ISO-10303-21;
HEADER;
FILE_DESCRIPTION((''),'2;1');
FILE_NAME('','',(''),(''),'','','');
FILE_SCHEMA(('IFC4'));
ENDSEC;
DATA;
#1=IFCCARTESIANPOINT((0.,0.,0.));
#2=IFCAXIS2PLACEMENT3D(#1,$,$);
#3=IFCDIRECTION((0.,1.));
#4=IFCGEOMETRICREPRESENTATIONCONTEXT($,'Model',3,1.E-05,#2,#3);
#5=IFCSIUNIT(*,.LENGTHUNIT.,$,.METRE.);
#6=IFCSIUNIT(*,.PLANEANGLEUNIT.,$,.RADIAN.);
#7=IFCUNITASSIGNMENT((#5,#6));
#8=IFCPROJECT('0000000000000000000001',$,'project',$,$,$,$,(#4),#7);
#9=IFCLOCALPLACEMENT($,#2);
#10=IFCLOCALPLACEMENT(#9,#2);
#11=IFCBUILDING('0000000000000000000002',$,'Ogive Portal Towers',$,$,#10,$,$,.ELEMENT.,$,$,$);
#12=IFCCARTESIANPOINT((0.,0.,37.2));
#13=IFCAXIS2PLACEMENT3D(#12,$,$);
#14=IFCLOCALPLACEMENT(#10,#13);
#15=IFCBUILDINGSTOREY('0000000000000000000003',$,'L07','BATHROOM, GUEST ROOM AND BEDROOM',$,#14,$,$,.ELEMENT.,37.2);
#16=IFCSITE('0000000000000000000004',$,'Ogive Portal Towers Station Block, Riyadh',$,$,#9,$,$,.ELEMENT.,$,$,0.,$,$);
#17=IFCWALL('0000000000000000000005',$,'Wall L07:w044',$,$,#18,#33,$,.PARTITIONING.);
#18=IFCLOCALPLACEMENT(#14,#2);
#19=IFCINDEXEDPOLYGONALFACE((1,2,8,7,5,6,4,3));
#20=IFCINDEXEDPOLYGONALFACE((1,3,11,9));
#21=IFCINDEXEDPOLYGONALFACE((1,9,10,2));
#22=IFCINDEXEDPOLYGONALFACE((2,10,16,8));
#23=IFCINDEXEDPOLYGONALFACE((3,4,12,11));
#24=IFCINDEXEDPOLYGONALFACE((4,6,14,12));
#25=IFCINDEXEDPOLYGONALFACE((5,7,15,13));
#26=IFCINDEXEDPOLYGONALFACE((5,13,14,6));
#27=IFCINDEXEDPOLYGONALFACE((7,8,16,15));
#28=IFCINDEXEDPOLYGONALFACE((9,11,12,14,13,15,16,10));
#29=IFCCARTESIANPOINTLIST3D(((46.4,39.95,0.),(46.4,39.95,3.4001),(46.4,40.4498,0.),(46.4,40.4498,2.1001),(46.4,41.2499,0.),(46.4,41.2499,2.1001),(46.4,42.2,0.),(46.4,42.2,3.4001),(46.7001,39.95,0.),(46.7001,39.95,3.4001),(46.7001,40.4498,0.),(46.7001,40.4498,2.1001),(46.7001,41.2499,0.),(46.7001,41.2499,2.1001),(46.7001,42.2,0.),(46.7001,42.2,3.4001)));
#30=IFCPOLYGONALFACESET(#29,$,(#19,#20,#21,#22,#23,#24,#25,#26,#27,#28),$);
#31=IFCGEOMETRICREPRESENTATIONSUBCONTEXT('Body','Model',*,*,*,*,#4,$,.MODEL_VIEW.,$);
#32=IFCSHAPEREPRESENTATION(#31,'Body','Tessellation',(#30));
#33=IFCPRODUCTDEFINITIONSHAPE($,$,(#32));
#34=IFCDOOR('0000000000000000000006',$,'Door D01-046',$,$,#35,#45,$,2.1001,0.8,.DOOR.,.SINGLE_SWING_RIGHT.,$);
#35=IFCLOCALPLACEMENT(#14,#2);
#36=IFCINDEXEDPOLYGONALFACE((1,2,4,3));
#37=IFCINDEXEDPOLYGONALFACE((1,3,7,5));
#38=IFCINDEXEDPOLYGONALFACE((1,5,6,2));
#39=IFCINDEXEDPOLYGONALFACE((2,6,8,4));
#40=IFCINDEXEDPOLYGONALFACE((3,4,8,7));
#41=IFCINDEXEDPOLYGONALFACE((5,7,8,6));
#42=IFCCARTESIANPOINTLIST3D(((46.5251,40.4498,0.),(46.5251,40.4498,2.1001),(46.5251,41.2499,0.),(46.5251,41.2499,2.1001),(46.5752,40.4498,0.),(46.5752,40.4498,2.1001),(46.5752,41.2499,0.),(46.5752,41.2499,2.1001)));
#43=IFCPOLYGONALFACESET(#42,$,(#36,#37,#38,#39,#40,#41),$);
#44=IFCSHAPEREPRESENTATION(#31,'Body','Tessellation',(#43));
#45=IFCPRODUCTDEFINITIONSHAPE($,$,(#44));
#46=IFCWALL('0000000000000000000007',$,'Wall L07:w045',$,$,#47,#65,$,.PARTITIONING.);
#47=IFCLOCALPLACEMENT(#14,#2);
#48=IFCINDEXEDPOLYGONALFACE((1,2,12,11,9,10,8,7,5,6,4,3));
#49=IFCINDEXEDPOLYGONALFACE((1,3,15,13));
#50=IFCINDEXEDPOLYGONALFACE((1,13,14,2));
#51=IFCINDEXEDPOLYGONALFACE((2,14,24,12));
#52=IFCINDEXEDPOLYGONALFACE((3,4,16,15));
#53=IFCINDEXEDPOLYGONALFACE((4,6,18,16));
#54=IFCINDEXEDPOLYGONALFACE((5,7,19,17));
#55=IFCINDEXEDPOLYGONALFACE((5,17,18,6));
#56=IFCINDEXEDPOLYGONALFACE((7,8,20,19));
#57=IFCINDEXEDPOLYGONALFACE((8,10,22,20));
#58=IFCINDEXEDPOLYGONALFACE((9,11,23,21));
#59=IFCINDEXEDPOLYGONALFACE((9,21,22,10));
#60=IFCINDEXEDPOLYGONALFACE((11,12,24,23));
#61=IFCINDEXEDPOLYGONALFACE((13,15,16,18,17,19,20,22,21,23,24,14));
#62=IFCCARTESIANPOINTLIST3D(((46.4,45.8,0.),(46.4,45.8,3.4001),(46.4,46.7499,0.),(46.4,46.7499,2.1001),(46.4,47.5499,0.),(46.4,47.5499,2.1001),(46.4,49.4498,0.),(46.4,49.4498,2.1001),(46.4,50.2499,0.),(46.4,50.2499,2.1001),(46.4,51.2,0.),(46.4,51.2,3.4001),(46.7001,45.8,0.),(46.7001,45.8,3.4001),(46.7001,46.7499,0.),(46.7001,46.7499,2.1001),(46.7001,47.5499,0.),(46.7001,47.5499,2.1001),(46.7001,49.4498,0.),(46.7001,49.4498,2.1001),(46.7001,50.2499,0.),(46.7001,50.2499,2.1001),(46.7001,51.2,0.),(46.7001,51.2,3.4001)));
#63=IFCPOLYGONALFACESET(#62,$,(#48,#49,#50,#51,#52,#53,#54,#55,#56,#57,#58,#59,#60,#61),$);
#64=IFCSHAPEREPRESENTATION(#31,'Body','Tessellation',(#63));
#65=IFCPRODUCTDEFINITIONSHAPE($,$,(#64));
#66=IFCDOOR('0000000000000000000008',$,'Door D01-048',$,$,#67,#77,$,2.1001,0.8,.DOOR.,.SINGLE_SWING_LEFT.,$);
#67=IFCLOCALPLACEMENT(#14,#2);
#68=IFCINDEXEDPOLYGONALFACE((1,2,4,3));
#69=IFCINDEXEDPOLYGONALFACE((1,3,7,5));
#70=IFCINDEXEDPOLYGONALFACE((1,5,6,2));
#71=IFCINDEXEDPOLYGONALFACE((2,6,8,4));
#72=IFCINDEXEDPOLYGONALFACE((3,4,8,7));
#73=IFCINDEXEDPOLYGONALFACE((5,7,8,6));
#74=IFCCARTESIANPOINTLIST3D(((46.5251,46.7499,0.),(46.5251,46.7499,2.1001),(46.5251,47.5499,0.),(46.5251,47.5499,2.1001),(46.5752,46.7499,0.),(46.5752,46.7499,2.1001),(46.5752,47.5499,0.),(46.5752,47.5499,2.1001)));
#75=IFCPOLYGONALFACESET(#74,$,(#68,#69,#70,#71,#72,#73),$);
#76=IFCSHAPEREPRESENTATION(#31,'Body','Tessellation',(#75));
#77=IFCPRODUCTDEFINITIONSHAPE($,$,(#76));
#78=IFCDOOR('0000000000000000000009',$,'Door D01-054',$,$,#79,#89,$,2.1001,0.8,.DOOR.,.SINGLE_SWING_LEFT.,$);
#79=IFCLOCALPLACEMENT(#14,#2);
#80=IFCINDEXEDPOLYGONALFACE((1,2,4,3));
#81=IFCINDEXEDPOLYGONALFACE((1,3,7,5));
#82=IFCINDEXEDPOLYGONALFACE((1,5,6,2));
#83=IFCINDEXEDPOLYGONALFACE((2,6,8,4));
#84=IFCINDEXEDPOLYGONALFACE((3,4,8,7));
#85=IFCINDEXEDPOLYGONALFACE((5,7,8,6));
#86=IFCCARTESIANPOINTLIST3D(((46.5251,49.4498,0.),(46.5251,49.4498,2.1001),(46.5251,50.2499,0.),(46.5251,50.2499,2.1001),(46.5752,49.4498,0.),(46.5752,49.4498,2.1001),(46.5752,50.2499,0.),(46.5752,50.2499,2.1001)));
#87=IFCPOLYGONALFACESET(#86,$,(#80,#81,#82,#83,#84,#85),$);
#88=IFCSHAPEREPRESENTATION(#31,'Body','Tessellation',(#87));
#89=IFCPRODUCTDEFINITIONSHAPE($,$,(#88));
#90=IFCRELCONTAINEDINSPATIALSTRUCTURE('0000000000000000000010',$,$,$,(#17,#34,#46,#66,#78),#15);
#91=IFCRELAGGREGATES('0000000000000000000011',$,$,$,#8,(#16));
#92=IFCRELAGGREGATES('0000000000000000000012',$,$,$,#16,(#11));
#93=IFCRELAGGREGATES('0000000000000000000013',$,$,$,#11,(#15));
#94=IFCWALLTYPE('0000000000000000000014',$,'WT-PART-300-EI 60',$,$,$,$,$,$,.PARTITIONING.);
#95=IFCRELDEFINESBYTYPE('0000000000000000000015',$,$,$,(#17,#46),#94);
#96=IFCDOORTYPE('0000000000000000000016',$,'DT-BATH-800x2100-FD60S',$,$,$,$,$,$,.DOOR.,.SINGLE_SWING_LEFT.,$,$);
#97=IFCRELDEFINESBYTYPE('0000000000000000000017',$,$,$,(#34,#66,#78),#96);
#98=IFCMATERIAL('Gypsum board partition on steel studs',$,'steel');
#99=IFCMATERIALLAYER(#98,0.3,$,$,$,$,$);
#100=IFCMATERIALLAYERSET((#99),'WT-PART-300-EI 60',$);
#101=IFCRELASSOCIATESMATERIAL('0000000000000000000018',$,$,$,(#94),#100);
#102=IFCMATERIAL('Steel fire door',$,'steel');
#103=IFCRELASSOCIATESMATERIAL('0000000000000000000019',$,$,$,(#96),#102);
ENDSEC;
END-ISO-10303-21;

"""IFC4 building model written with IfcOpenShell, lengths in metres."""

from ifc_helpers import new_model, si_unit, direction, frame, frame_2d, origin, place, context, subcontext, project, spatial, rectangle, extrude, material, layer, layer_set, type_object, element, fill, save


model = new_model("IFC4")

# Units and contexts
model_context = context("Model", 3, precision=1e-05, world=origin(), true_north=direction((0.0, 1.0)))
body_context = subcontext(model_context, "Body", "Model", "MODEL_VIEW")
ifc_project = project(units=[si_unit("LENGTHUNIT", "METRE"), si_unit("PLANEANGLEUNIT", "RADIAN")], contexts=[model_context])

# Site, building, storey
site_placement = place(None, origin())
site = spatial("IfcSite", under=ifc_project, at=site_placement, Name="Ogive Portal Towers Station Block, Riyadh", CompositionType="ELEMENT", RefElevation=0.0)
building_placement = place(site_placement, origin())
building = spatial("IfcBuilding", under=site, at=building_placement, Name="Ogive Portal Towers", CompositionType="ELEMENT")
storey_placement = place(building_placement, frame((0.0, 0.0, 37.2)))
storey = spatial("IfcBuildingStorey", under=building, at=storey_placement, Name="L07", Description="BATHROOM, GUEST ROOM AND BEDROOM", CompositionType="ELEMENT", Elevation=37.2)

# Wall, opening, door
ifc_material_1 = material(Name="Gypsum board partition on steel studs", Category="steel")
ifc_layer_1 = layer(ifc_material_1, 0.3)
ifc_layer_set_1 = layer_set([ifc_layer_1], Name="WT-PART-300-EI 60")
wall_type_1 = type_object("IfcWallType", Name="WT-PART-300-EI 60", PredefinedType="PARTITIONING", material=ifc_layer_set_1)
wall_1_placement = place(storey_placement, frame((46.55, 39.95, 0.0), z_axis=(0.0, 0.0, 1.0), x_axis=(0.0, 1.0, 0.0)))
wall_1 = element("IfcWall", 1, at=wall_1_placement, inside=storey, type_object=wall_type_1, Name="Wall L07:w044", PredefinedType="PARTITIONING", context=body_context, shape_type="SweptSolid", body=[
    extrude(rectangle(XDim=2.25, YDim=0.3, at=frame_2d((1.125, 0.0))), origin(), (0.0, 0.0, 1.0), 3.4001),
])
opening_1_placement = place(wall_1_placement, frame((0.5, 0.0, 0.0)))
opening_1 = element("IfcOpeningElement", 2, at=opening_1_placement, cuts=wall_1, PredefinedType="OPENING", context=body_context, shape_type="SweptSolid", body=[
    extrude(rectangle(XDim=0.8, YDim=2.1001, at=frame_2d((0.3999, 1.05))), frame((0.0, 0.1602, 0.0), z_axis=(0.0, -1.0, 0.0), x_axis=(1.0, 0.0, 0.0)), (0.0, 0.0, 1.0), 0.3201),
])
ifc_material_2 = material(Name="Steel fire door", Category="steel")
door_type = type_object("IfcDoorType", Name="DT-BATH-800x2100-FD60S", OperationType="SINGLE_SWING_LEFT", PredefinedType="DOOR", material=ifc_material_2)
door_1_placement = place(opening_1_placement, origin())
door_1 = element("IfcDoor", 3, at=door_1_placement, inside=storey, type_object=door_type, Name="Door D01-046", OperationType="SINGLE_SWING_RIGHT", OverallHeight=2.1001, OverallWidth=0.8, PredefinedType="DOOR", context=body_context, shape_type="SweptSolid", body=[
    extrude(rectangle(XDim=0.8, YDim=2.1001, at=frame_2d((0.3999, 1.05))), frame((0.0, 0.0249, 0.0), z_axis=(0.0, -1.0, 0.0), x_axis=(1.0, 0.0, 0.0)), (0.0, 0.0, 1.0), 0.05),
])
fill(opening_1, door_1)

# Wall, openings, doors
wall_2_placement = place(storey_placement, frame((46.55, 45.8, 0.0), z_axis=(0.0, 0.0, 1.0), x_axis=(0.0, 1.0, 0.0)))
wall_2 = element("IfcWall", 4, at=wall_2_placement, inside=storey, type_object=wall_type_1, Name="Wall L07:w045", PredefinedType="PARTITIONING", context=body_context, shape_type="SweptSolid", body=[
    extrude(rectangle(XDim=5.3999, YDim=0.3, at=frame_2d((2.7, 0.0))), origin(), (0.0, 0.0, 1.0), 3.4001),
])
opening_2_placement = place(wall_2_placement, frame((0.95, 0.0, 0.0)))
opening_2 = element("IfcOpeningElement", 5, at=opening_2_placement, cuts=wall_2, PredefinedType="OPENING", context=body_context, shape_type="SweptSolid", body=[
    extrude(rectangle(XDim=0.8, YDim=2.1001, at=frame_2d((0.3999, 1.05))), frame((0.0, 0.1602, 0.0), z_axis=(0.0, -1.0, 0.0), x_axis=(1.0, 0.0, 0.0)), (0.0, 0.0, 1.0), 0.3201),
])
opening_3_placement = place(wall_2_placement, frame((3.6499, 0.0, 0.0)))
opening_3 = element("IfcOpeningElement", 6, at=opening_3_placement, cuts=wall_2, PredefinedType="OPENING", context=body_context, shape_type="SweptSolid", body=[
    extrude(rectangle(XDim=0.8, YDim=2.1001, at=frame_2d((0.3999, 1.05))), frame((0.0, 0.1602, 0.0), z_axis=(0.0, -1.0, 0.0), x_axis=(1.0, 0.0, 0.0)), (0.0, 0.0, 1.0), 0.3201),
])
door_2_placement = place(opening_2_placement, origin())
door_2 = element("IfcDoor", 7, at=door_2_placement, inside=storey, type_object=door_type, Name="Door D01-048", OperationType="SINGLE_SWING_LEFT", OverallHeight=2.1001, OverallWidth=0.8, PredefinedType="DOOR", context=body_context, shape_type="SweptSolid", body=[
    extrude(rectangle(XDim=0.8, YDim=2.1001, at=frame_2d((0.3999, 1.05))), frame((0.0, 0.0249, 0.0), z_axis=(0.0, -1.0, 0.0), x_axis=(1.0, 0.0, 0.0)), (0.0, 0.0, 1.0), 0.05),
])
fill(opening_2, door_2)
door_3_placement = place(opening_3_placement, origin())
door_3 = element("IfcDoor", 8, at=door_3_placement, inside=storey, type_object=door_type, Name="Door D01-054", OperationType="SINGLE_SWING_LEFT", OverallHeight=2.1001, OverallWidth=0.8, PredefinedType="DOOR", context=body_context, shape_type="SweptSolid", body=[
    extrude(rectangle(XDim=0.8, YDim=2.1001, at=frame_2d((0.3999, 1.05))), frame((0.0, 0.0249, 0.0), z_axis=(0.0, -1.0, 0.0), x_axis=(1.0, 0.0, 0.0)), (0.0, 0.0, 1.0), 0.05),
])
fill(opening_3, door_3)

save(model, "model.ifc")
